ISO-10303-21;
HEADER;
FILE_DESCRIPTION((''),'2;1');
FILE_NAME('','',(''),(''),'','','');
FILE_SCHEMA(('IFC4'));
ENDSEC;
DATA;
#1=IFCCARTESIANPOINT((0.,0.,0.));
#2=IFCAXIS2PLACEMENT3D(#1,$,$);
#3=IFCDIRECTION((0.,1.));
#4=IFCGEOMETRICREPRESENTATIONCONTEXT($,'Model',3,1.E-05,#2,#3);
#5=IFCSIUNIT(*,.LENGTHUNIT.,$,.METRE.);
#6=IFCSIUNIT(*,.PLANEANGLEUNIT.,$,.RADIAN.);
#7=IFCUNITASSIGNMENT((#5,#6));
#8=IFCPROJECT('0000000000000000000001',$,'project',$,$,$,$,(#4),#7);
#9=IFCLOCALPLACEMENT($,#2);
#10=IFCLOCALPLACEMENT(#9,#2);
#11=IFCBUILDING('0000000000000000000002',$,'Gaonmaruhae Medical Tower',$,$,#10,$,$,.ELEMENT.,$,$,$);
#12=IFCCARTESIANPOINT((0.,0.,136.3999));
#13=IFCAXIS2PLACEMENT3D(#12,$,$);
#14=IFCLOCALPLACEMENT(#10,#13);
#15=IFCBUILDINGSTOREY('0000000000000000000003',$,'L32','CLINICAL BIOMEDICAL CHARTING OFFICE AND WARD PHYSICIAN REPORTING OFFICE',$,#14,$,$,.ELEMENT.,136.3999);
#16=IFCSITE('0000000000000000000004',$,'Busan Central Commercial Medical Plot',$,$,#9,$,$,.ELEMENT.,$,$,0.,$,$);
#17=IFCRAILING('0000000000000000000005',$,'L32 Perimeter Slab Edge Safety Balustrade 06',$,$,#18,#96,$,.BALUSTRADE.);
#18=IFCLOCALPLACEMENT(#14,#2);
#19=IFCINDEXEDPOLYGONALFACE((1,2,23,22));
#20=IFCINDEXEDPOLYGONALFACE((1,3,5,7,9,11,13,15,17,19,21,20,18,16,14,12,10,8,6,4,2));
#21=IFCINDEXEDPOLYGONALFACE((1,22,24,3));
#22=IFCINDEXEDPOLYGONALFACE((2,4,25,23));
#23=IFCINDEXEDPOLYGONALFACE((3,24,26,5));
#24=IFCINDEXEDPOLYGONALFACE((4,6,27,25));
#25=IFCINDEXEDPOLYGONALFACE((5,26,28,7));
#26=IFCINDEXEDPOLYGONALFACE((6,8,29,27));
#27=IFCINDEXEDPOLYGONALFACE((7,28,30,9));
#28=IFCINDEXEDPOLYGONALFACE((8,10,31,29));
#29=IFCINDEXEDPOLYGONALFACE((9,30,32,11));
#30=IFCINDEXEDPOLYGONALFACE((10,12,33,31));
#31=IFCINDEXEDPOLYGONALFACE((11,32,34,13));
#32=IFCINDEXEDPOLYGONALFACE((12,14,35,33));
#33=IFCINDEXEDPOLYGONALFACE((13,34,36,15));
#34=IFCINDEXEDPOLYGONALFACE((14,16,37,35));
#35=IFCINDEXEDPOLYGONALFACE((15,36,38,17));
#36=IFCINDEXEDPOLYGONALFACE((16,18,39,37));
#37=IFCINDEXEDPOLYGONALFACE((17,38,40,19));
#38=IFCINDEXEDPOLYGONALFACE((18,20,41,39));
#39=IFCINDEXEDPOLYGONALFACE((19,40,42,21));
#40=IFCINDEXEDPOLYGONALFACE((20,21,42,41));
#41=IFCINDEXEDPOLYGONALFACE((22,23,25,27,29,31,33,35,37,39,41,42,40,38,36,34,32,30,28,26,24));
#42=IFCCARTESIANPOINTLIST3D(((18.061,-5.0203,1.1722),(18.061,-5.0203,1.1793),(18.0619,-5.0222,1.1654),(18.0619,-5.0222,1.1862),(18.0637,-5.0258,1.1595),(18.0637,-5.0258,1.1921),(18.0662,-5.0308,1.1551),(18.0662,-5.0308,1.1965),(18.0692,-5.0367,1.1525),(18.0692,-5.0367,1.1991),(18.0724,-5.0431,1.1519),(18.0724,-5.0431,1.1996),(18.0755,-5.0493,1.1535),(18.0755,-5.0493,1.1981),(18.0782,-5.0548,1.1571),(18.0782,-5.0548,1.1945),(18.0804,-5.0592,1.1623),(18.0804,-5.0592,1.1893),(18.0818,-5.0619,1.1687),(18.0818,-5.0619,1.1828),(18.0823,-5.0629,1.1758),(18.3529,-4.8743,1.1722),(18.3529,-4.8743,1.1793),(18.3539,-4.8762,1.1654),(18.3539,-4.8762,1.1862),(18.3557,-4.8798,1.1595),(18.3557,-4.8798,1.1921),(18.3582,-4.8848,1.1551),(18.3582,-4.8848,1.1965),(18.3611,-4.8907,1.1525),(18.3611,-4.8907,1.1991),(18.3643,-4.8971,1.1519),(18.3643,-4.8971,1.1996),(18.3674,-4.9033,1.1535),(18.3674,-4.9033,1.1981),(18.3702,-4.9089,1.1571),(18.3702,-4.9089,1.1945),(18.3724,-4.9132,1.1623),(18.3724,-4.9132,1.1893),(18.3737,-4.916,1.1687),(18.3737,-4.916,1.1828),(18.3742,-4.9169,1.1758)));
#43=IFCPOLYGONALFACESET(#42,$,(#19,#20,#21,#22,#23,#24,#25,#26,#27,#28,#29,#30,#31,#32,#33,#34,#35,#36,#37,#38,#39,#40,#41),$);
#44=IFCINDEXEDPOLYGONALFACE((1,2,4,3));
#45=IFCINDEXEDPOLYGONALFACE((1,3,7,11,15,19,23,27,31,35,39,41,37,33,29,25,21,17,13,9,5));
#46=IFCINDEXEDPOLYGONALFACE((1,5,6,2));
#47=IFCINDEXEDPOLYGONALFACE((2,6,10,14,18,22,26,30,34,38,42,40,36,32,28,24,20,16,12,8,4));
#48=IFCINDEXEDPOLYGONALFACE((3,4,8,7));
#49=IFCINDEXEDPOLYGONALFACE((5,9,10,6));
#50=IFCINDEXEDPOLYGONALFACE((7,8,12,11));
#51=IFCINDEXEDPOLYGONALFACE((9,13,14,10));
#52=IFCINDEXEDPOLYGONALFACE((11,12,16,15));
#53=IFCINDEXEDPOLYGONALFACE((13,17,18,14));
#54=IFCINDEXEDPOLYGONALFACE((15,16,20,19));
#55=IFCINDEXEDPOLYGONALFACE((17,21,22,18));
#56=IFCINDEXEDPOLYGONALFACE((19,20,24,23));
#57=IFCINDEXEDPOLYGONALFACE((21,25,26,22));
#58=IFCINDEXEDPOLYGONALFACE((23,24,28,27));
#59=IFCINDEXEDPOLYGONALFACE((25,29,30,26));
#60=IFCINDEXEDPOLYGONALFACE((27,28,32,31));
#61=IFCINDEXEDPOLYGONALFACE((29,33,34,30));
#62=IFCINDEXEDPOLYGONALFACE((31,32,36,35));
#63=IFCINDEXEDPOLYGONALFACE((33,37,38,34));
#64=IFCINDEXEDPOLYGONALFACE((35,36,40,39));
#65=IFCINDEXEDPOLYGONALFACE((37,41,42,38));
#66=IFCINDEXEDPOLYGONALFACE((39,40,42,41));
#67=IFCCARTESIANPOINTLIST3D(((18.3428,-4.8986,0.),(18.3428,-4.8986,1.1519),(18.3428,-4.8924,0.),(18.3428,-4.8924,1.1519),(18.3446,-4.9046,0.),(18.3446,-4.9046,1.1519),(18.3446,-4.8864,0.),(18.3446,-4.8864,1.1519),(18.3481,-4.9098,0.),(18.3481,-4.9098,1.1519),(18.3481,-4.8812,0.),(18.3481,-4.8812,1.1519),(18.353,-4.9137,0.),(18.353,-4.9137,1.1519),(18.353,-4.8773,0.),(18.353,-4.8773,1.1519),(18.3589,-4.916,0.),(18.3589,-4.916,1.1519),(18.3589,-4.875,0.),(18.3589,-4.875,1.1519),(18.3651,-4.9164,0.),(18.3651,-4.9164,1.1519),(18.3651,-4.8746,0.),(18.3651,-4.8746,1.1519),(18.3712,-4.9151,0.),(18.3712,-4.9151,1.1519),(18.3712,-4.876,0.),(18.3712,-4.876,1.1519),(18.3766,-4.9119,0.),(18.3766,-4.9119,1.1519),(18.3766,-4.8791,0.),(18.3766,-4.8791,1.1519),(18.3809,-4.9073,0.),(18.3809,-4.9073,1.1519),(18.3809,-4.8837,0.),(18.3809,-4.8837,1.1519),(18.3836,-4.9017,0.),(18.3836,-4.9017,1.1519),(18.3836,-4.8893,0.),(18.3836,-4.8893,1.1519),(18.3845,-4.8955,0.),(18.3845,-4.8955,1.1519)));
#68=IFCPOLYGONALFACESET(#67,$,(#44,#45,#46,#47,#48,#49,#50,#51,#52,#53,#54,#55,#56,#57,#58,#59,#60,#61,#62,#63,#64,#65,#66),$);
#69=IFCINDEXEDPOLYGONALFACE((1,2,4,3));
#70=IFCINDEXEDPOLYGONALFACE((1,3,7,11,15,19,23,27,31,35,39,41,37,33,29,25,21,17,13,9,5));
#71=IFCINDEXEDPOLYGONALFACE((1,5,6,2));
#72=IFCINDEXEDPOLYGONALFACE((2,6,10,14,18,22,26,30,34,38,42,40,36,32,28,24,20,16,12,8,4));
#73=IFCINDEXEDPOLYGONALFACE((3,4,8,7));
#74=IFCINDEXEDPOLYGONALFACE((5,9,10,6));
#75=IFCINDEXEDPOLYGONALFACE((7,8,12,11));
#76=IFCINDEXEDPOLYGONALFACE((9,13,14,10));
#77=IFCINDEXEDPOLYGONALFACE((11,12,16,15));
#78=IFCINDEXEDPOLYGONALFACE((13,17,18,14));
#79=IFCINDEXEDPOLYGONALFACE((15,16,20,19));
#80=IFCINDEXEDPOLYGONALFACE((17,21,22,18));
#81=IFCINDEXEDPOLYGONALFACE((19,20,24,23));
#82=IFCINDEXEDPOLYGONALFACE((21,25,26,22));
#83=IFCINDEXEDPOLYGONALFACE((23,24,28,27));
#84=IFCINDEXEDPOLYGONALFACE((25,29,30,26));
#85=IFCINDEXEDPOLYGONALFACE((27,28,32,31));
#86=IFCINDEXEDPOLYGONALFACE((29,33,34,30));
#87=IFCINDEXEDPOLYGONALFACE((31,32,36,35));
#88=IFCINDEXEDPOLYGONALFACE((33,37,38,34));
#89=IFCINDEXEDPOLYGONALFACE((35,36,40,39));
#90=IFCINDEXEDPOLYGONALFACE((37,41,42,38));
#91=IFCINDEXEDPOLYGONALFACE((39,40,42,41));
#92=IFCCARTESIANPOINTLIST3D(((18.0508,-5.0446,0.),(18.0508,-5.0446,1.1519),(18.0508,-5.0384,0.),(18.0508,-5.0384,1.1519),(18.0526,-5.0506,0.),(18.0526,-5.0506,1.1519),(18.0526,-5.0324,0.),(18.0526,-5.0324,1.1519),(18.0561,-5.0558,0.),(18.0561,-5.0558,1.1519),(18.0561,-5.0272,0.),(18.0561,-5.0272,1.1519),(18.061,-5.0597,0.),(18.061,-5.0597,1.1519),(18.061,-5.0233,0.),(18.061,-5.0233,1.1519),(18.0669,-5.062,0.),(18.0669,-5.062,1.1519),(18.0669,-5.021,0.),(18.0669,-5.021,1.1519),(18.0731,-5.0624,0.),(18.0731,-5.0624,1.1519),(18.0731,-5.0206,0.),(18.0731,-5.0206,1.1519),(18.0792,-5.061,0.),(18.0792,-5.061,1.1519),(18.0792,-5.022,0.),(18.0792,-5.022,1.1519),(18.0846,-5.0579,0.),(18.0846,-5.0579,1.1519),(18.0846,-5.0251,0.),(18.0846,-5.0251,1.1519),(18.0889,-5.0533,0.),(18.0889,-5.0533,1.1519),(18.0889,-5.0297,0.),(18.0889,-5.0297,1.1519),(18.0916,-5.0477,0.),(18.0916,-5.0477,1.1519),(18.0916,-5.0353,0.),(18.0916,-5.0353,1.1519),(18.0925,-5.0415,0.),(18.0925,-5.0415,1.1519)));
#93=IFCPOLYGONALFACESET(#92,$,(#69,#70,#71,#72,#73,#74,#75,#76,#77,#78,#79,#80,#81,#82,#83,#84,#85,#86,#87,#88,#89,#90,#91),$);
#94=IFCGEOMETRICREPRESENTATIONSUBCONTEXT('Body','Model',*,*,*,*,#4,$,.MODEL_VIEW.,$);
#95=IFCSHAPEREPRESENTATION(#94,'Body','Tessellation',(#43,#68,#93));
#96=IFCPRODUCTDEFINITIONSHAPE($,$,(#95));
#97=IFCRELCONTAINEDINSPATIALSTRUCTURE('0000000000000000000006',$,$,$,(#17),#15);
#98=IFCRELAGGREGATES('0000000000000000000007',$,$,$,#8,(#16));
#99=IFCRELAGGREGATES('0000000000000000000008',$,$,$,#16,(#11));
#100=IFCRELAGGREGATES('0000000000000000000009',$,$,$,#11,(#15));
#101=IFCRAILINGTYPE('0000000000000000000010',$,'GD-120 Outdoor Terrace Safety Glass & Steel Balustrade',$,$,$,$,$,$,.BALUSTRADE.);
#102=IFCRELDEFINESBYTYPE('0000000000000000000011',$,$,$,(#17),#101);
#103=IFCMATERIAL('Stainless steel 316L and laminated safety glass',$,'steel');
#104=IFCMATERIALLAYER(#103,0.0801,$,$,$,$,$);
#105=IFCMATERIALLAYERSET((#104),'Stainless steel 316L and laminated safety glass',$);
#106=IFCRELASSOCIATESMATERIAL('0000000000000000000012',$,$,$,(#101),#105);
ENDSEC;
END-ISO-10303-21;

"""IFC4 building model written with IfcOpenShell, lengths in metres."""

from ifc_helpers import new_model, si_unit, direction, frame, origin, origin_2d, place, context, subcontext, project, spatial, circle, extrude, material, layer, layer_set, type_object, element, save


model = new_model("IFC4")

# Units and contexts
model_context = context("Model", 3, precision=1e-05, world=origin(), true_north=direction((0.0, 1.0)))
body_context = subcontext(model_context, "Body", "Model", "MODEL_VIEW")
ifc_project = project(units=[si_unit("LENGTHUNIT", "METRE"), si_unit("PLANEANGLEUNIT", "RADIAN")], contexts=[model_context])

# Site, building, storey
site_placement = place(None, origin())
site = spatial("IfcSite", under=ifc_project, at=site_placement, Name="Busan Central Commercial Medical Plot", CompositionType="ELEMENT", RefElevation=0.0)
building_placement = place(site_placement, origin())
building = spatial("IfcBuilding", under=site, at=building_placement, Name="Gaonmaruhae Medical Tower", CompositionType="ELEMENT")
storey_placement = place(building_placement, frame((0.0, 0.0, 136.3999)))
storey = spatial("IfcBuildingStorey", under=building, at=storey_placement, Name="L32", Description="CLINICAL BIOMEDICAL CHARTING OFFICE AND WARD PHYSICIAN REPORTING OFFICE", CompositionType="ELEMENT", Elevation=136.3999)

# Railing
ifc_material_1 = material(Name="Stainless steel 316L and laminated safety glass", Category="steel")
ifc_layer_1 = layer(ifc_material_1, 0.0801)
ifc_layer_set_1 = layer_set([ifc_layer_1], Name="Stainless steel 316L and laminated safety glass")
railing_type_1 = type_object("IfcRailingType", Name="GD-120 Outdoor Terrace Safety Glass & Steel Balustrade", PredefinedType="BALUSTRADE", material=ifc_layer_set_1)
railing_1_placement = place(storey_placement, frame((18.3635, -4.8955, 0.0)))
element("IfcRailing", 1, at=railing_1_placement, inside=storey, type_object=railing_type_1, Name="L32 Perimeter Slab Edge Safety Balustrade 06", PredefinedType="BALUSTRADE", context=body_context, shape_type="SweptSolid", body=[
    extrude(circle(Radius=0.0239, at=origin_2d()), frame((0.0, 0.0, 1.1758), z_axis=(-0.894427, -0.447214, 0.0), x_axis=(0.447214, -0.894427, 0.0)), (0.0, 0.0, 1.0), 0.3264),
    extrude(circle(Radius=0.021, at=origin_2d()), origin(), (0.0, 0.0, 1.0), 1.1519),
    extrude(circle(Radius=0.021, at=origin_2d()), frame((-0.292, -0.146, 0.0)), (0.0, 0.0, 1.0), 1.1519),
])

save(model, "model.ifc")
